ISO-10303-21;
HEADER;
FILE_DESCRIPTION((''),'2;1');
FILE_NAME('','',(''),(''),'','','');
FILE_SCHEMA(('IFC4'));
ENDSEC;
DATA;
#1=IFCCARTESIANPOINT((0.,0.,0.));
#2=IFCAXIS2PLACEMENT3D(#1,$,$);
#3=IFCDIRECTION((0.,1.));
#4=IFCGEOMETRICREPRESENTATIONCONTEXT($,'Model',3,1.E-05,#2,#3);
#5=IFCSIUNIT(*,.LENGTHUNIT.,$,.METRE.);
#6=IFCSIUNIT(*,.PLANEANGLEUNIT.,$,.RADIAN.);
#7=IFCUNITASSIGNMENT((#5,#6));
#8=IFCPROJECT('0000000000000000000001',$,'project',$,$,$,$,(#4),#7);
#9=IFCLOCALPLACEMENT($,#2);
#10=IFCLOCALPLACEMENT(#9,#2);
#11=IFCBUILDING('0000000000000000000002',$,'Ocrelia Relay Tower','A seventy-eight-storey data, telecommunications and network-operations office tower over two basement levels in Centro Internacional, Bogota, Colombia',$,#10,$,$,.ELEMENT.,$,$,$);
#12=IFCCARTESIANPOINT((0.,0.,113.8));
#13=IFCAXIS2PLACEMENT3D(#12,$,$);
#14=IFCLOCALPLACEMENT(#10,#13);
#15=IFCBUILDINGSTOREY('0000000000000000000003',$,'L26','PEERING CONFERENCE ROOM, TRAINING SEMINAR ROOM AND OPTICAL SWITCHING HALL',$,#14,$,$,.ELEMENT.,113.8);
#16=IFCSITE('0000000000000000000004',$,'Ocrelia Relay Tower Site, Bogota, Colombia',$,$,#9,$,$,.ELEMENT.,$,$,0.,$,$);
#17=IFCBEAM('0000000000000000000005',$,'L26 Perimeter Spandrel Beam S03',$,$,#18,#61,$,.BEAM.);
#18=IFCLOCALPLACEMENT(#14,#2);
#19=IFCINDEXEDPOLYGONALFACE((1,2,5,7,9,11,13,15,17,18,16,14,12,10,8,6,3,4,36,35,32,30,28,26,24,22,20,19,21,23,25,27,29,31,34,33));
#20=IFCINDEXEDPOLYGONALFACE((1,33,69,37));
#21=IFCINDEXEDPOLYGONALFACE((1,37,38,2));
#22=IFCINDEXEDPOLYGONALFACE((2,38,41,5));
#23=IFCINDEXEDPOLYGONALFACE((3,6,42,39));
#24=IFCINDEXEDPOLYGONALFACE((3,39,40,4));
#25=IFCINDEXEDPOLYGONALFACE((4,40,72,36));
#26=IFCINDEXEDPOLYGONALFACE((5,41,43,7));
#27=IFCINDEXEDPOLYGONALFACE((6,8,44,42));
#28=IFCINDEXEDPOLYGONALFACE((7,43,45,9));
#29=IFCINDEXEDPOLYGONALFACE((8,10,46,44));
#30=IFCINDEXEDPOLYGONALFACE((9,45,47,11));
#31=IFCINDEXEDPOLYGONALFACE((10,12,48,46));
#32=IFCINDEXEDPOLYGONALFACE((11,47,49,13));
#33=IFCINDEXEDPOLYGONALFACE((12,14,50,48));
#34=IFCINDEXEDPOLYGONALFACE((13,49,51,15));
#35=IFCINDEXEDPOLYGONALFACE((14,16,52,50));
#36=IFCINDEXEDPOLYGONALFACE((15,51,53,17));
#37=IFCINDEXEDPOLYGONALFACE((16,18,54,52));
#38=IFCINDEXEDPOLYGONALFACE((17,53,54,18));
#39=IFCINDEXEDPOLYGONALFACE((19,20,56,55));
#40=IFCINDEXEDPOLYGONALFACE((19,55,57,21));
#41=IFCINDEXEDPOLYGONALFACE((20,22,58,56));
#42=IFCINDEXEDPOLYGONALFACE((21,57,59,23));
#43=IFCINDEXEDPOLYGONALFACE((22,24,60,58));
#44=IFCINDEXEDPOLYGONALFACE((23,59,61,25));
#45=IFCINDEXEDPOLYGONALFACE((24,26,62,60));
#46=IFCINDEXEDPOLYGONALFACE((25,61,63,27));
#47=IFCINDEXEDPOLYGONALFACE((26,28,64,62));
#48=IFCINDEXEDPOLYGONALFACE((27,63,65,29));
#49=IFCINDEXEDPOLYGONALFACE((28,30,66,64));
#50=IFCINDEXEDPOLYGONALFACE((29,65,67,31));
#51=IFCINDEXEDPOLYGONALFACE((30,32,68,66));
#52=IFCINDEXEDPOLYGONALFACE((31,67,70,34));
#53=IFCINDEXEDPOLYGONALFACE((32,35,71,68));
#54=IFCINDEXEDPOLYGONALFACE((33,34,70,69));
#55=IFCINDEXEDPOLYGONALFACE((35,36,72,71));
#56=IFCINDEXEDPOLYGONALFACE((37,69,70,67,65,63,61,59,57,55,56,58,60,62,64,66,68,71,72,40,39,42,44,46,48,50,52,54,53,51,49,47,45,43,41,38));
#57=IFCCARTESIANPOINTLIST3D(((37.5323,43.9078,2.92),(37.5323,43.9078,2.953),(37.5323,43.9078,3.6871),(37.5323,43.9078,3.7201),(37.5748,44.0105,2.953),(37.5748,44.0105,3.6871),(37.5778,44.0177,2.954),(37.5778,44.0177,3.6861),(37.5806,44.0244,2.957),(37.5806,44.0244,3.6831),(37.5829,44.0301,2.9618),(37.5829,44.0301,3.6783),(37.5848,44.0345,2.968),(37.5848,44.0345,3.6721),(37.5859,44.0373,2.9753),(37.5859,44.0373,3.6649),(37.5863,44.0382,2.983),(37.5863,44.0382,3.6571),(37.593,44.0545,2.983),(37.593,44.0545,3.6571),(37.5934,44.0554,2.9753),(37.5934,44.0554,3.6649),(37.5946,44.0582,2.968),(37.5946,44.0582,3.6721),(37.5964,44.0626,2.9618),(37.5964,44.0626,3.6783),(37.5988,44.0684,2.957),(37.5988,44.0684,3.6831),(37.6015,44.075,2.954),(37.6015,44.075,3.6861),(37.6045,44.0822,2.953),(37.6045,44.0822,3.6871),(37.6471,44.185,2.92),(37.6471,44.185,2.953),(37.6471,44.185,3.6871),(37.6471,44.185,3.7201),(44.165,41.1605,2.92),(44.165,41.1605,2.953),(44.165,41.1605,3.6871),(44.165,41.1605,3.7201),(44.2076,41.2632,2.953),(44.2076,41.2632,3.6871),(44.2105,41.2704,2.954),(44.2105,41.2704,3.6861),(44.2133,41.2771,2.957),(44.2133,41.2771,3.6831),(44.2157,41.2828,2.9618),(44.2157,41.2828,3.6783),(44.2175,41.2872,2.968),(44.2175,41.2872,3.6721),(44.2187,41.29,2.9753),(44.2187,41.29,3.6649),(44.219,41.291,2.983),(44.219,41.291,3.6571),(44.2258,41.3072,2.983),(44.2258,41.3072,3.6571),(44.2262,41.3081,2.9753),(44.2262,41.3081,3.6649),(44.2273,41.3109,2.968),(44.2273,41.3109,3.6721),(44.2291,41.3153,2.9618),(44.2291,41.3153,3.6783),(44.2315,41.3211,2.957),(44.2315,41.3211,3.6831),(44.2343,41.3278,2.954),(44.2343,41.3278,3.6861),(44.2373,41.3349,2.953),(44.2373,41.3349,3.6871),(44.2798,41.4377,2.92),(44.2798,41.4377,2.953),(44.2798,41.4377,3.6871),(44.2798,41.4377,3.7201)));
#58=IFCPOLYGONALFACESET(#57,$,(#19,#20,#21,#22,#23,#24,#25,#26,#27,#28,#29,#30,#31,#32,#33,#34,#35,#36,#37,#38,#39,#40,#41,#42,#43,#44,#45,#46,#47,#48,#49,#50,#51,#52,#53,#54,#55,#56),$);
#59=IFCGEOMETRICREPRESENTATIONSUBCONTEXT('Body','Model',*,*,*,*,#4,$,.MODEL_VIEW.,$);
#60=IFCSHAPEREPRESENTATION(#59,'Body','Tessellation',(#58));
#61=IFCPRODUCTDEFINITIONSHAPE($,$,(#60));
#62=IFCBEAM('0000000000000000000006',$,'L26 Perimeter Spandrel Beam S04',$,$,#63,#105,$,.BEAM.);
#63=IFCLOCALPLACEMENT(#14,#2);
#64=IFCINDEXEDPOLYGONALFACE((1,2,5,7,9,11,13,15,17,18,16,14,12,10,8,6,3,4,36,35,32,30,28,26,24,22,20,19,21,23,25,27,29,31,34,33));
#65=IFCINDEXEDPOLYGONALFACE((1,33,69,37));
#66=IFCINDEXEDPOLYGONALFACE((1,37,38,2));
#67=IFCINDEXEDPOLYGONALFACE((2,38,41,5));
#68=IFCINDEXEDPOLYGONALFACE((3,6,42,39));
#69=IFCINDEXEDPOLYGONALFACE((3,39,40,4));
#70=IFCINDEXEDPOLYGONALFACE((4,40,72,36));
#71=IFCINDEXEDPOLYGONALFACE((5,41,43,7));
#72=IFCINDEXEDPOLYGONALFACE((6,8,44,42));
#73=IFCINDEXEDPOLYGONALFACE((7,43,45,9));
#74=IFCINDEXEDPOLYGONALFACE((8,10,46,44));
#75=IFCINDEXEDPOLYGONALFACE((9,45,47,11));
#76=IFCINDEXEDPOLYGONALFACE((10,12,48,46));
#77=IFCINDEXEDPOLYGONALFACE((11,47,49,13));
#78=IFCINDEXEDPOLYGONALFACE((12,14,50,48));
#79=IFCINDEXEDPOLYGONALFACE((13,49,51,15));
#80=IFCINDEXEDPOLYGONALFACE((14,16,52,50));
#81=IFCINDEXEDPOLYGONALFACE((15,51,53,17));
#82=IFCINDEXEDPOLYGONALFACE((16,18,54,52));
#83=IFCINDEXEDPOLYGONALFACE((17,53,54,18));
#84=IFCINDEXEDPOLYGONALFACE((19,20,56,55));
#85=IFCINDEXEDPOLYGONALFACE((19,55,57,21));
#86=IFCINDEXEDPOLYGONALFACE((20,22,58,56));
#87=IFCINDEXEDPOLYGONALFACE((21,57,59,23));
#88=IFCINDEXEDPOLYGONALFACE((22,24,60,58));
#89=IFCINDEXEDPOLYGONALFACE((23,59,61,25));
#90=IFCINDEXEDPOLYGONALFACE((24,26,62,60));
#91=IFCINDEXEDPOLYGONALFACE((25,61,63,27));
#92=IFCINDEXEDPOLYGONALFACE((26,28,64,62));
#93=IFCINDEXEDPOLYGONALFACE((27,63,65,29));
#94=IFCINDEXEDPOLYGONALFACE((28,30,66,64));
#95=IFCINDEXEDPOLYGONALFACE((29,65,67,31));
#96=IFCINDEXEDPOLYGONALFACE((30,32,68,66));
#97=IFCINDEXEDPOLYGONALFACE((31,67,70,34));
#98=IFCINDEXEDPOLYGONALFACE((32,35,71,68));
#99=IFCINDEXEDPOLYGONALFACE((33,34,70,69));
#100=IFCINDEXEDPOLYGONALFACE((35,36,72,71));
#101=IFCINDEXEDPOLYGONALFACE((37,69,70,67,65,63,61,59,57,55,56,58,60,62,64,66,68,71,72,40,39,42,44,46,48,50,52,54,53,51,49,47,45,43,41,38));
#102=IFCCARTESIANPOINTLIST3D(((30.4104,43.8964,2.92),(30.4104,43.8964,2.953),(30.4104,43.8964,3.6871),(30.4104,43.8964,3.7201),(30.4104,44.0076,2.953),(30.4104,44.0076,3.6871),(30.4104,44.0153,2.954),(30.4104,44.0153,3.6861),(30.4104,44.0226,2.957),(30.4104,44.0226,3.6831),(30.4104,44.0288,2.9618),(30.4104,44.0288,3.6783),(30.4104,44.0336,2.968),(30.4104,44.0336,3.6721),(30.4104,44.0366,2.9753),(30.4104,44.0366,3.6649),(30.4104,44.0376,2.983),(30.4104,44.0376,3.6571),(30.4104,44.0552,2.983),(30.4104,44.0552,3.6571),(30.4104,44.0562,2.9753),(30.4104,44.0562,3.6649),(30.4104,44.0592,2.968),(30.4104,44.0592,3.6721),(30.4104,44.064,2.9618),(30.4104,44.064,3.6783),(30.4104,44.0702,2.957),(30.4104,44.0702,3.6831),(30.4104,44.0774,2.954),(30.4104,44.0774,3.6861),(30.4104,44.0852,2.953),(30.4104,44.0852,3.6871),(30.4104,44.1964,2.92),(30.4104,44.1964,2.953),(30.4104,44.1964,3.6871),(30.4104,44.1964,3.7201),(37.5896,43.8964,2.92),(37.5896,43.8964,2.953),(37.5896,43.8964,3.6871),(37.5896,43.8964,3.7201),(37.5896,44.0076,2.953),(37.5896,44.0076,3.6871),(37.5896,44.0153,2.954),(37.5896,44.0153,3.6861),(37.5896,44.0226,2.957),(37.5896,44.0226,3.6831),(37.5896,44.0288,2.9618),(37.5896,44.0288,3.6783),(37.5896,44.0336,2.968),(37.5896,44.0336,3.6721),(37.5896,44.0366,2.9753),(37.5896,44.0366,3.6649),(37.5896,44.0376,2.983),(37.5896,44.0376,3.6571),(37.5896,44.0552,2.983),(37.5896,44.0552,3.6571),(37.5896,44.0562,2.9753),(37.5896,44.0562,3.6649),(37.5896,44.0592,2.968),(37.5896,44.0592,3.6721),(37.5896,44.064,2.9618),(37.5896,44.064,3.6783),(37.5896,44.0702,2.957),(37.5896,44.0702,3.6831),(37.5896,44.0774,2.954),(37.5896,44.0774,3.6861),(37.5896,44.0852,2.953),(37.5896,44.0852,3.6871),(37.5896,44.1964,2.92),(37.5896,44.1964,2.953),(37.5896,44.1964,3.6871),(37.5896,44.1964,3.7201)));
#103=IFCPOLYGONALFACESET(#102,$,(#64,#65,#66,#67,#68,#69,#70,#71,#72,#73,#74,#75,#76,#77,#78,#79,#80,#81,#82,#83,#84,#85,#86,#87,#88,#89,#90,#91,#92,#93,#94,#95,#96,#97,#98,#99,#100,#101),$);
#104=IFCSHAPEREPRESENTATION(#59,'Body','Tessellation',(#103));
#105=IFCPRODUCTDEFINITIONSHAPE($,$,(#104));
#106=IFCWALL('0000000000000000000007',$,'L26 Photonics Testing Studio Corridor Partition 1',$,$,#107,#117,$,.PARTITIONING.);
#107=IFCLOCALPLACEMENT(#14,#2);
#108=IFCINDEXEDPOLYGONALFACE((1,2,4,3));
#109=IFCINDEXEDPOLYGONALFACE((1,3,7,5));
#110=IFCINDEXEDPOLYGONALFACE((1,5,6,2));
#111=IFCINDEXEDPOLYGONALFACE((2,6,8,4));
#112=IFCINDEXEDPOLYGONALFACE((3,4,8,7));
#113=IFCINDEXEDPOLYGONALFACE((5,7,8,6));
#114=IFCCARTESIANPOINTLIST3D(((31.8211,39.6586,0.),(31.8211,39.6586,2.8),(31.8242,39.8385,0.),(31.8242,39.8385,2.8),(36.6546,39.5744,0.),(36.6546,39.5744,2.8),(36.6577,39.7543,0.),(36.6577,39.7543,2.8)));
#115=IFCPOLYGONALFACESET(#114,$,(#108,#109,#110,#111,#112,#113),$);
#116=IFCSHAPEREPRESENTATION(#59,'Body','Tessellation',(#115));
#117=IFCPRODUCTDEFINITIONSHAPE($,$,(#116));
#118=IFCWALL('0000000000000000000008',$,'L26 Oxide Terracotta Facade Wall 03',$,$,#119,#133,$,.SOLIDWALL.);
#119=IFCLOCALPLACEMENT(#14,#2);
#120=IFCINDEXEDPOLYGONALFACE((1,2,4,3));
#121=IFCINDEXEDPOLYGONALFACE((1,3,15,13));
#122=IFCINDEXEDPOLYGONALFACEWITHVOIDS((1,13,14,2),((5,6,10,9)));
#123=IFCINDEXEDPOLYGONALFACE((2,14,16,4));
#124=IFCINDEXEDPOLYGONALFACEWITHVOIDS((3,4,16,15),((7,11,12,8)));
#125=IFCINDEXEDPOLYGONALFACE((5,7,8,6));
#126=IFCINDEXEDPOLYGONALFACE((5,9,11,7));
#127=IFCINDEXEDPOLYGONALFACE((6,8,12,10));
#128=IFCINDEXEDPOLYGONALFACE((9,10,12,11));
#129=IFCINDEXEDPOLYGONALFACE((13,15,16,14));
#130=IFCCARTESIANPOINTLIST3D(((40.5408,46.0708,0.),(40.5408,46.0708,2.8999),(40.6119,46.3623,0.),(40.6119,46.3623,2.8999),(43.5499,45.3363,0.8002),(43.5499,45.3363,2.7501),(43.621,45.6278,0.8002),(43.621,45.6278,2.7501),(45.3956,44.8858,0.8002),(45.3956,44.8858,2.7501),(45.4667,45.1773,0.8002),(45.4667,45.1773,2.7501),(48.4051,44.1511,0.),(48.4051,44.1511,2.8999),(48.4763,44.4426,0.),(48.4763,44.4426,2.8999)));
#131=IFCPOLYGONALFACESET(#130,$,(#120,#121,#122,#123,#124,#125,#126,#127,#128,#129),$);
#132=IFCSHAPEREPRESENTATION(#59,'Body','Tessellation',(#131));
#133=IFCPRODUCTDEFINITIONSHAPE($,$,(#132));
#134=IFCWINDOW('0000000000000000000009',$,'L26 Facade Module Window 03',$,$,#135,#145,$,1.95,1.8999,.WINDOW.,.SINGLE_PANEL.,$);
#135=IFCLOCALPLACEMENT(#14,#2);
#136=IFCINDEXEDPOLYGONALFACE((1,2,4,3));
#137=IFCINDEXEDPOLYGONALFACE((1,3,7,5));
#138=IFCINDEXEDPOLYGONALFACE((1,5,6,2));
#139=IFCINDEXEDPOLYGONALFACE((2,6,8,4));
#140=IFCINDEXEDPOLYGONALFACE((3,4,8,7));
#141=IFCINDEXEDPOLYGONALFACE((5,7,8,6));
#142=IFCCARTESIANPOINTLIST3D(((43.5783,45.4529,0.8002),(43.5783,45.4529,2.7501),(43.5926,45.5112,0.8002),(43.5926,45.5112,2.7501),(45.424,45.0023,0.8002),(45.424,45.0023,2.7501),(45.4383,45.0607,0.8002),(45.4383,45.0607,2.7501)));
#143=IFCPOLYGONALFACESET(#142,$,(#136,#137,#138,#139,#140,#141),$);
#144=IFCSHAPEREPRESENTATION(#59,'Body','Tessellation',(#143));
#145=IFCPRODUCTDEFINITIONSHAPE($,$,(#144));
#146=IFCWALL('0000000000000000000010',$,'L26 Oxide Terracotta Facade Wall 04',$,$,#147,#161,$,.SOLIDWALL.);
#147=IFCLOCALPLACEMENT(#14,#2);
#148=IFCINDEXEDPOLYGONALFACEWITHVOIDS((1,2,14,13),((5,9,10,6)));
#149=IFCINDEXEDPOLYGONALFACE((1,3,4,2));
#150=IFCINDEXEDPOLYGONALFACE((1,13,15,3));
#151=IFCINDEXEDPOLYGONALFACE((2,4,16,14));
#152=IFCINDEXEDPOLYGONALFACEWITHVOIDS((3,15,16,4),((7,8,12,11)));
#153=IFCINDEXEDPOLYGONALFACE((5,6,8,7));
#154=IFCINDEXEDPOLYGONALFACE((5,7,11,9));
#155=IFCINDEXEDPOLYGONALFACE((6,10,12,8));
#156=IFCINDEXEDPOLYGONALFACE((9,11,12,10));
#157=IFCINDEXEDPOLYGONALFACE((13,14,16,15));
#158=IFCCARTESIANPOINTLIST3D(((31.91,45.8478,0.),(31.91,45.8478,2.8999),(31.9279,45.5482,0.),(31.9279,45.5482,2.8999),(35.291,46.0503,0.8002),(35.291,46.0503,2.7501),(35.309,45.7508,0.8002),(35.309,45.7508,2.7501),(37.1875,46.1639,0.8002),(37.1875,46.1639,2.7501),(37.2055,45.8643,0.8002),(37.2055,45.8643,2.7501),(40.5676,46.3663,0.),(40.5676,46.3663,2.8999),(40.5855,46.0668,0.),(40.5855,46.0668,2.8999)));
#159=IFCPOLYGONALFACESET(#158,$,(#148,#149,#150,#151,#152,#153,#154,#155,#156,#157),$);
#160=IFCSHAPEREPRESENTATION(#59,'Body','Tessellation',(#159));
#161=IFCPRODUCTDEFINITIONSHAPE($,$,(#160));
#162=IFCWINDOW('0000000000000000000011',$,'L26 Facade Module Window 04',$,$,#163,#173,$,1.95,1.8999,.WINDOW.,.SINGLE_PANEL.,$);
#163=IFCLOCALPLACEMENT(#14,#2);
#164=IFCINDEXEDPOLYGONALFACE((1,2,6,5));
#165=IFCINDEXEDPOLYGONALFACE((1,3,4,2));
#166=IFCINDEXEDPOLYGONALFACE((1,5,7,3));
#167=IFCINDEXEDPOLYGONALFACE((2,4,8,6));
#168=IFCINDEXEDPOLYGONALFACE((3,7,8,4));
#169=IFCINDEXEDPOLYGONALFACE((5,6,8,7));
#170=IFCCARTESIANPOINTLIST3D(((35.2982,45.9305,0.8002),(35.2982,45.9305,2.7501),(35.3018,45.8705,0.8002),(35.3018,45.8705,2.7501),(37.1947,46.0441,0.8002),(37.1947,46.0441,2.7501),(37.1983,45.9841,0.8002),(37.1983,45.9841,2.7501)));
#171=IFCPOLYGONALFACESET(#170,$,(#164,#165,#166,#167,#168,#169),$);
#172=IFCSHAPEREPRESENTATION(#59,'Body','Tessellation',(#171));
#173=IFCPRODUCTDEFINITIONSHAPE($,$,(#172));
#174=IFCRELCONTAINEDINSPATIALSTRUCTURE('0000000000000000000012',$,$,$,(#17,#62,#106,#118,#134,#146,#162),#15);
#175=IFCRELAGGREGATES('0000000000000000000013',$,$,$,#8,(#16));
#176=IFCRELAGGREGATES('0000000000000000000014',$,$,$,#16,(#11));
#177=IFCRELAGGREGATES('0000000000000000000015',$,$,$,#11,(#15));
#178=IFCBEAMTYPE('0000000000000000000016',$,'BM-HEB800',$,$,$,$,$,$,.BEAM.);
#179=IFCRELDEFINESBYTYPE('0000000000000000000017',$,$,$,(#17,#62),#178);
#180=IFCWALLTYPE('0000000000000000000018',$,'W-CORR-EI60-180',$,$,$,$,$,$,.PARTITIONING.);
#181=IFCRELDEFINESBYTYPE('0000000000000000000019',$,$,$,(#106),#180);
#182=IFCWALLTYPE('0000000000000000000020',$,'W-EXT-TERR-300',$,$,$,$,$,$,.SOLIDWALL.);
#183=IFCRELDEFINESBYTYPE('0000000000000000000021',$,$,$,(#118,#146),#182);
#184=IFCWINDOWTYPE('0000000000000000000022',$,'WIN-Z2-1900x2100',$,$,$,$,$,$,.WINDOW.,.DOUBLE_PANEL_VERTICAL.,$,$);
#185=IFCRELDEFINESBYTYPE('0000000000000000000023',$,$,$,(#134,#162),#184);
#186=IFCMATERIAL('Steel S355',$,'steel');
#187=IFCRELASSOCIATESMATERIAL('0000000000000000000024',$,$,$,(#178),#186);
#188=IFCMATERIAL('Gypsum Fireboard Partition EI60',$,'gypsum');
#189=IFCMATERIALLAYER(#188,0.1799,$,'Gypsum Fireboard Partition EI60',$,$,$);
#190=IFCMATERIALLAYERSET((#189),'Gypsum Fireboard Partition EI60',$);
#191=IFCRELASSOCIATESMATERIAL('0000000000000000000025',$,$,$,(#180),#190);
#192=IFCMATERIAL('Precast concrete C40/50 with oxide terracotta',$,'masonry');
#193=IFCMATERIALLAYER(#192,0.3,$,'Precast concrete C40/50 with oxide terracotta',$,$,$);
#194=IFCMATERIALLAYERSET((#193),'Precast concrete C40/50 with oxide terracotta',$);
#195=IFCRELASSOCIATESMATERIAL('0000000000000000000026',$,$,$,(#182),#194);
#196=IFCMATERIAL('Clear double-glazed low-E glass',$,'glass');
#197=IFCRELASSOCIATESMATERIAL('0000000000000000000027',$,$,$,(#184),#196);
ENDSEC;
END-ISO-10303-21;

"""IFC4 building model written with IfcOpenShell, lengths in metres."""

from ifc_helpers import new_model, si_unit, direction, frame, frame_2d, origin, origin_2d, place, context, subcontext, project, spatial, rectangle, i_section, extrude, material, layer, layer_set, material_profile, profile_set, type_object, element, fill, save


model = new_model("IFC4")

# Units and contexts
model_context = context("Model", 3, precision=1e-05, world=origin(), true_north=direction((0.0, 1.0)))
body_context = subcontext(model_context, "Body", "Model", "MODEL_VIEW")
ifc_project = project(units=[si_unit("LENGTHUNIT", "METRE"), si_unit("PLANEANGLEUNIT", "RADIAN")], contexts=[model_context])

# Site, building, storey
site_placement = place(None, origin())
site = spatial("IfcSite", under=ifc_project, at=site_placement, Name="Ocrelia Relay Tower Site, Bogota, Colombia", CompositionType="ELEMENT", RefElevation=0.0)
building_placement = place(site_placement, origin())
building = spatial("IfcBuilding", under=site, at=building_placement, Name="Ocrelia Relay Tower", Description="A seventy-eight-storey data, telecommunications and network-operations office tower over two basement levels in Centro Internacional, Bogota, Colombia", CompositionType="ELEMENT")
storey_placement = place(building_placement, frame((0.0, 0.0, 113.8)))
storey = spatial("IfcBuildingStorey", under=building, at=storey_placement, Name="L26", Description="PEERING CONFERENCE ROOM, TRAINING SEMINAR ROOM AND OPTICAL SWITCHING HALL", CompositionType="ELEMENT", Elevation=113.8)

# Beams
ifc_material_1 = material(Name="Steel S355", Category="steel")
ifc_material_profile_1 = material_profile(ifc_material_1, i_section(OverallWidth=0.3, OverallDepth=0.8, WebThickness=0.0176, FlangeThickness=0.033, FilletRadius=0.03, at=origin_2d()), Name="HEB 800")
ifc_profile_set_1 = profile_set([ifc_material_profile_1], Name="Steel S355")
beam_type_1 = type_object("IfcBeamType", Name="BM-HEB800", PredefinedType="BEAM", material=ifc_profile_set_1)
for number, where, z_axis, x_axis, name in (
    (1, (44.2224, 41.2991, 3.3201), (-0.923884, 0.382673, 0.0), (-0.382673, -0.923884, 0.0), "L26 Perimeter Spandrel Beam S03"),
    (2, (37.5896, 44.0464, 3.3201), (-1.0, 0.0, 0.0), (0.0, -1.0, 0.0), "L26 Perimeter Spandrel Beam S04"),
):
    element("IfcBeam", number, at=place(storey_placement, frame(where, z_axis=z_axis, x_axis=x_axis)), inside=storey, type_object=beam_type_1, Name=name, PredefinedType="BEAM", context=body_context, shape_type="SweptSolid", body=[
        extrude(i_section(OverallWidth=0.3, OverallDepth=0.8, WebThickness=0.0176, FlangeThickness=0.033, FilletRadius=0.03, at=origin_2d()), origin(), (0.0, 0.0, 1.0), 7.1792),
    ])

# Wall
ifc_material_2 = material(Name="Gypsum Fireboard Partition EI60", Category="gypsum")
ifc_layer_1 = layer(ifc_material_2, 0.1799, Name="Gypsum Fireboard Partition EI60")
ifc_layer_set_1 = layer_set([ifc_layer_1], Name="Gypsum Fireboard Partition EI60")
wall_type_1 = type_object("IfcWallType", Name="W-CORR-EI60-180", PredefinedType="PARTITIONING", material=ifc_layer_set_1)
wall_1_placement = place(storey_placement, frame((36.656, 39.6643, 0.0), z_axis=(0.0, 0.0, 1.0), x_axis=(-0.999848, 0.017423, 0.0)))
element("IfcWall", 3, at=wall_1_placement, inside=storey, type_object=wall_type_1, Name="L26 Photonics Testing Studio Corridor Partition 1", PredefinedType="PARTITIONING", context=body_context, shape_type="SweptSolid", body=[
    extrude(rectangle(XDim=4.8342, YDim=0.1799, at=frame_2d((2.417, 0.0))), origin(), (0.0, 0.0, 1.0), 2.8),
])

# Walls, openings, windows
ifc_material_3 = material(Name="Precast concrete C40/50 with oxide terracotta", Category="masonry")
ifc_layer_2 = layer(ifc_material_3, 0.3, Name="Precast concrete C40/50 with oxide terracotta")
ifc_layer_set_2 = layer_set([ifc_layer_2], Name="Precast concrete C40/50 with oxide terracotta")
wall_type_2 = type_object("IfcWallType", Name="W-EXT-TERR-300", PredefinedType="SOLIDWALL", material=ifc_layer_set_2)
wall_2_placement = place(storey_placement, frame((48.4407, 44.2969, 0.0), z_axis=(0.0, 0.0, 1.0), x_axis=(-0.971476, 0.237139, 0.0)))
wall_2 = element("IfcWall", 4, at=wall_2_placement, inside=storey, type_object=wall_type_2, Name="L26 Oxide Terracotta Facade Wall 03", PredefinedType="SOLIDWALL", context=body_context, shape_type="SweptSolid", body=[
    extrude(rectangle(XDim=8.0952, YDim=0.3, at=frame_2d((4.0476, 0.0))), origin(), (0.0, 0.0, 1.0), 2.8999),
])
opening_1_placement = place(wall_2_placement, frame((3.0979, 0.0, 0.8)))
opening_1 = element("IfcOpeningElement", 5, at=opening_1_placement, cuts=wall_2, PredefinedType="OPENING", context=body_context, shape_type="SweptSolid", body=[
    extrude(rectangle(XDim=1.8999, YDim=1.95, at=frame_2d((0.95, 0.9751))), frame((0.0, 0.1602, 0.0), z_axis=(0.0, -1.0, 0.0), x_axis=(1.0, 0.0, 0.0)), (0.0, 0.0, 1.0), 0.3201),
])
ifc_material_4 = material(Name="Clear double-glazed low-E glass", Category="glass")
window_type = type_object("IfcWindowType", Name="WIN-Z2-1900x2100", PartitioningType="DOUBLE_PANEL_VERTICAL", PredefinedType="WINDOW", material=ifc_material_4)
window_1_placement = place(opening_1_placement, origin())
window_1 = element("IfcWindow", 6, at=window_1_placement, inside=storey, type_object=window_type, Name="L26 Facade Module Window 03", OverallHeight=1.95, OverallWidth=1.8999, PartitioningType="SINGLE_PANEL", PredefinedType="WINDOW", context=body_context, shape_type="SweptSolid", body=[
    extrude(rectangle(XDim=1.8999, YDim=1.95, at=frame_2d((0.95, 0.9751))), frame((0.0, 0.03, 0.0), z_axis=(0.0, -1.0, 0.0), x_axis=(1.0, 0.0, 0.0)), (0.0, 0.0, 1.0), 0.0601),
])
fill(opening_1, window_1)
wall_3_placement = place(storey_placement, frame((40.5764, 46.2166, 0.0), z_axis=(0.0, 0.0, 1.0), x_axis=(-0.998211, -0.05979, 0.0)))
wall_3 = element("IfcWall", 7, at=wall_3_placement, inside=storey, type_object=wall_type_2, Name="L26 Oxide Terracotta Facade Wall 04", PredefinedType="SOLIDWALL", context=body_context, shape_type="SweptSolid", body=[
    extrude(rectangle(XDim=8.6731, YDim=0.3, at=frame_2d((4.3364, 0.0))), origin(), (0.0, 0.0, 1.0), 2.8999),
])
opening_2_placement = place(wall_3_placement, frame((3.386, 0.0, 0.8)))
opening_2 = element("IfcOpeningElement", 8, at=opening_2_placement, cuts=wall_3, PredefinedType="OPENING", context=body_context, shape_type="SweptSolid", body=[
    extrude(rectangle(XDim=1.8999, YDim=1.95, at=frame_2d((0.95, 0.9751))), frame((0.0, 0.1602, 0.0), z_axis=(0.0, -1.0, 0.0), x_axis=(1.0, 0.0, 0.0)), (0.0, 0.0, 1.0), 0.3201),
])
window_2_placement = place(opening_2_placement, origin())
window_2 = element("IfcWindow", 9, at=window_2_placement, inside=storey, type_object=window_type, Name="L26 Facade Module Window 04", OverallHeight=1.95, OverallWidth=1.8999, PartitioningType="SINGLE_PANEL", PredefinedType="WINDOW", context=body_context, shape_type="SweptSolid", body=[
    extrude(rectangle(XDim=1.8999, YDim=1.95, at=frame_2d((0.95, 0.9751))), frame((0.0, 0.03, 0.0), z_axis=(0.0, -1.0, 0.0), x_axis=(1.0, 0.0, 0.0)), (0.0, 0.0, 1.0), 0.0601),
])
fill(opening_2, window_2)

save(model, "model.ifc")
